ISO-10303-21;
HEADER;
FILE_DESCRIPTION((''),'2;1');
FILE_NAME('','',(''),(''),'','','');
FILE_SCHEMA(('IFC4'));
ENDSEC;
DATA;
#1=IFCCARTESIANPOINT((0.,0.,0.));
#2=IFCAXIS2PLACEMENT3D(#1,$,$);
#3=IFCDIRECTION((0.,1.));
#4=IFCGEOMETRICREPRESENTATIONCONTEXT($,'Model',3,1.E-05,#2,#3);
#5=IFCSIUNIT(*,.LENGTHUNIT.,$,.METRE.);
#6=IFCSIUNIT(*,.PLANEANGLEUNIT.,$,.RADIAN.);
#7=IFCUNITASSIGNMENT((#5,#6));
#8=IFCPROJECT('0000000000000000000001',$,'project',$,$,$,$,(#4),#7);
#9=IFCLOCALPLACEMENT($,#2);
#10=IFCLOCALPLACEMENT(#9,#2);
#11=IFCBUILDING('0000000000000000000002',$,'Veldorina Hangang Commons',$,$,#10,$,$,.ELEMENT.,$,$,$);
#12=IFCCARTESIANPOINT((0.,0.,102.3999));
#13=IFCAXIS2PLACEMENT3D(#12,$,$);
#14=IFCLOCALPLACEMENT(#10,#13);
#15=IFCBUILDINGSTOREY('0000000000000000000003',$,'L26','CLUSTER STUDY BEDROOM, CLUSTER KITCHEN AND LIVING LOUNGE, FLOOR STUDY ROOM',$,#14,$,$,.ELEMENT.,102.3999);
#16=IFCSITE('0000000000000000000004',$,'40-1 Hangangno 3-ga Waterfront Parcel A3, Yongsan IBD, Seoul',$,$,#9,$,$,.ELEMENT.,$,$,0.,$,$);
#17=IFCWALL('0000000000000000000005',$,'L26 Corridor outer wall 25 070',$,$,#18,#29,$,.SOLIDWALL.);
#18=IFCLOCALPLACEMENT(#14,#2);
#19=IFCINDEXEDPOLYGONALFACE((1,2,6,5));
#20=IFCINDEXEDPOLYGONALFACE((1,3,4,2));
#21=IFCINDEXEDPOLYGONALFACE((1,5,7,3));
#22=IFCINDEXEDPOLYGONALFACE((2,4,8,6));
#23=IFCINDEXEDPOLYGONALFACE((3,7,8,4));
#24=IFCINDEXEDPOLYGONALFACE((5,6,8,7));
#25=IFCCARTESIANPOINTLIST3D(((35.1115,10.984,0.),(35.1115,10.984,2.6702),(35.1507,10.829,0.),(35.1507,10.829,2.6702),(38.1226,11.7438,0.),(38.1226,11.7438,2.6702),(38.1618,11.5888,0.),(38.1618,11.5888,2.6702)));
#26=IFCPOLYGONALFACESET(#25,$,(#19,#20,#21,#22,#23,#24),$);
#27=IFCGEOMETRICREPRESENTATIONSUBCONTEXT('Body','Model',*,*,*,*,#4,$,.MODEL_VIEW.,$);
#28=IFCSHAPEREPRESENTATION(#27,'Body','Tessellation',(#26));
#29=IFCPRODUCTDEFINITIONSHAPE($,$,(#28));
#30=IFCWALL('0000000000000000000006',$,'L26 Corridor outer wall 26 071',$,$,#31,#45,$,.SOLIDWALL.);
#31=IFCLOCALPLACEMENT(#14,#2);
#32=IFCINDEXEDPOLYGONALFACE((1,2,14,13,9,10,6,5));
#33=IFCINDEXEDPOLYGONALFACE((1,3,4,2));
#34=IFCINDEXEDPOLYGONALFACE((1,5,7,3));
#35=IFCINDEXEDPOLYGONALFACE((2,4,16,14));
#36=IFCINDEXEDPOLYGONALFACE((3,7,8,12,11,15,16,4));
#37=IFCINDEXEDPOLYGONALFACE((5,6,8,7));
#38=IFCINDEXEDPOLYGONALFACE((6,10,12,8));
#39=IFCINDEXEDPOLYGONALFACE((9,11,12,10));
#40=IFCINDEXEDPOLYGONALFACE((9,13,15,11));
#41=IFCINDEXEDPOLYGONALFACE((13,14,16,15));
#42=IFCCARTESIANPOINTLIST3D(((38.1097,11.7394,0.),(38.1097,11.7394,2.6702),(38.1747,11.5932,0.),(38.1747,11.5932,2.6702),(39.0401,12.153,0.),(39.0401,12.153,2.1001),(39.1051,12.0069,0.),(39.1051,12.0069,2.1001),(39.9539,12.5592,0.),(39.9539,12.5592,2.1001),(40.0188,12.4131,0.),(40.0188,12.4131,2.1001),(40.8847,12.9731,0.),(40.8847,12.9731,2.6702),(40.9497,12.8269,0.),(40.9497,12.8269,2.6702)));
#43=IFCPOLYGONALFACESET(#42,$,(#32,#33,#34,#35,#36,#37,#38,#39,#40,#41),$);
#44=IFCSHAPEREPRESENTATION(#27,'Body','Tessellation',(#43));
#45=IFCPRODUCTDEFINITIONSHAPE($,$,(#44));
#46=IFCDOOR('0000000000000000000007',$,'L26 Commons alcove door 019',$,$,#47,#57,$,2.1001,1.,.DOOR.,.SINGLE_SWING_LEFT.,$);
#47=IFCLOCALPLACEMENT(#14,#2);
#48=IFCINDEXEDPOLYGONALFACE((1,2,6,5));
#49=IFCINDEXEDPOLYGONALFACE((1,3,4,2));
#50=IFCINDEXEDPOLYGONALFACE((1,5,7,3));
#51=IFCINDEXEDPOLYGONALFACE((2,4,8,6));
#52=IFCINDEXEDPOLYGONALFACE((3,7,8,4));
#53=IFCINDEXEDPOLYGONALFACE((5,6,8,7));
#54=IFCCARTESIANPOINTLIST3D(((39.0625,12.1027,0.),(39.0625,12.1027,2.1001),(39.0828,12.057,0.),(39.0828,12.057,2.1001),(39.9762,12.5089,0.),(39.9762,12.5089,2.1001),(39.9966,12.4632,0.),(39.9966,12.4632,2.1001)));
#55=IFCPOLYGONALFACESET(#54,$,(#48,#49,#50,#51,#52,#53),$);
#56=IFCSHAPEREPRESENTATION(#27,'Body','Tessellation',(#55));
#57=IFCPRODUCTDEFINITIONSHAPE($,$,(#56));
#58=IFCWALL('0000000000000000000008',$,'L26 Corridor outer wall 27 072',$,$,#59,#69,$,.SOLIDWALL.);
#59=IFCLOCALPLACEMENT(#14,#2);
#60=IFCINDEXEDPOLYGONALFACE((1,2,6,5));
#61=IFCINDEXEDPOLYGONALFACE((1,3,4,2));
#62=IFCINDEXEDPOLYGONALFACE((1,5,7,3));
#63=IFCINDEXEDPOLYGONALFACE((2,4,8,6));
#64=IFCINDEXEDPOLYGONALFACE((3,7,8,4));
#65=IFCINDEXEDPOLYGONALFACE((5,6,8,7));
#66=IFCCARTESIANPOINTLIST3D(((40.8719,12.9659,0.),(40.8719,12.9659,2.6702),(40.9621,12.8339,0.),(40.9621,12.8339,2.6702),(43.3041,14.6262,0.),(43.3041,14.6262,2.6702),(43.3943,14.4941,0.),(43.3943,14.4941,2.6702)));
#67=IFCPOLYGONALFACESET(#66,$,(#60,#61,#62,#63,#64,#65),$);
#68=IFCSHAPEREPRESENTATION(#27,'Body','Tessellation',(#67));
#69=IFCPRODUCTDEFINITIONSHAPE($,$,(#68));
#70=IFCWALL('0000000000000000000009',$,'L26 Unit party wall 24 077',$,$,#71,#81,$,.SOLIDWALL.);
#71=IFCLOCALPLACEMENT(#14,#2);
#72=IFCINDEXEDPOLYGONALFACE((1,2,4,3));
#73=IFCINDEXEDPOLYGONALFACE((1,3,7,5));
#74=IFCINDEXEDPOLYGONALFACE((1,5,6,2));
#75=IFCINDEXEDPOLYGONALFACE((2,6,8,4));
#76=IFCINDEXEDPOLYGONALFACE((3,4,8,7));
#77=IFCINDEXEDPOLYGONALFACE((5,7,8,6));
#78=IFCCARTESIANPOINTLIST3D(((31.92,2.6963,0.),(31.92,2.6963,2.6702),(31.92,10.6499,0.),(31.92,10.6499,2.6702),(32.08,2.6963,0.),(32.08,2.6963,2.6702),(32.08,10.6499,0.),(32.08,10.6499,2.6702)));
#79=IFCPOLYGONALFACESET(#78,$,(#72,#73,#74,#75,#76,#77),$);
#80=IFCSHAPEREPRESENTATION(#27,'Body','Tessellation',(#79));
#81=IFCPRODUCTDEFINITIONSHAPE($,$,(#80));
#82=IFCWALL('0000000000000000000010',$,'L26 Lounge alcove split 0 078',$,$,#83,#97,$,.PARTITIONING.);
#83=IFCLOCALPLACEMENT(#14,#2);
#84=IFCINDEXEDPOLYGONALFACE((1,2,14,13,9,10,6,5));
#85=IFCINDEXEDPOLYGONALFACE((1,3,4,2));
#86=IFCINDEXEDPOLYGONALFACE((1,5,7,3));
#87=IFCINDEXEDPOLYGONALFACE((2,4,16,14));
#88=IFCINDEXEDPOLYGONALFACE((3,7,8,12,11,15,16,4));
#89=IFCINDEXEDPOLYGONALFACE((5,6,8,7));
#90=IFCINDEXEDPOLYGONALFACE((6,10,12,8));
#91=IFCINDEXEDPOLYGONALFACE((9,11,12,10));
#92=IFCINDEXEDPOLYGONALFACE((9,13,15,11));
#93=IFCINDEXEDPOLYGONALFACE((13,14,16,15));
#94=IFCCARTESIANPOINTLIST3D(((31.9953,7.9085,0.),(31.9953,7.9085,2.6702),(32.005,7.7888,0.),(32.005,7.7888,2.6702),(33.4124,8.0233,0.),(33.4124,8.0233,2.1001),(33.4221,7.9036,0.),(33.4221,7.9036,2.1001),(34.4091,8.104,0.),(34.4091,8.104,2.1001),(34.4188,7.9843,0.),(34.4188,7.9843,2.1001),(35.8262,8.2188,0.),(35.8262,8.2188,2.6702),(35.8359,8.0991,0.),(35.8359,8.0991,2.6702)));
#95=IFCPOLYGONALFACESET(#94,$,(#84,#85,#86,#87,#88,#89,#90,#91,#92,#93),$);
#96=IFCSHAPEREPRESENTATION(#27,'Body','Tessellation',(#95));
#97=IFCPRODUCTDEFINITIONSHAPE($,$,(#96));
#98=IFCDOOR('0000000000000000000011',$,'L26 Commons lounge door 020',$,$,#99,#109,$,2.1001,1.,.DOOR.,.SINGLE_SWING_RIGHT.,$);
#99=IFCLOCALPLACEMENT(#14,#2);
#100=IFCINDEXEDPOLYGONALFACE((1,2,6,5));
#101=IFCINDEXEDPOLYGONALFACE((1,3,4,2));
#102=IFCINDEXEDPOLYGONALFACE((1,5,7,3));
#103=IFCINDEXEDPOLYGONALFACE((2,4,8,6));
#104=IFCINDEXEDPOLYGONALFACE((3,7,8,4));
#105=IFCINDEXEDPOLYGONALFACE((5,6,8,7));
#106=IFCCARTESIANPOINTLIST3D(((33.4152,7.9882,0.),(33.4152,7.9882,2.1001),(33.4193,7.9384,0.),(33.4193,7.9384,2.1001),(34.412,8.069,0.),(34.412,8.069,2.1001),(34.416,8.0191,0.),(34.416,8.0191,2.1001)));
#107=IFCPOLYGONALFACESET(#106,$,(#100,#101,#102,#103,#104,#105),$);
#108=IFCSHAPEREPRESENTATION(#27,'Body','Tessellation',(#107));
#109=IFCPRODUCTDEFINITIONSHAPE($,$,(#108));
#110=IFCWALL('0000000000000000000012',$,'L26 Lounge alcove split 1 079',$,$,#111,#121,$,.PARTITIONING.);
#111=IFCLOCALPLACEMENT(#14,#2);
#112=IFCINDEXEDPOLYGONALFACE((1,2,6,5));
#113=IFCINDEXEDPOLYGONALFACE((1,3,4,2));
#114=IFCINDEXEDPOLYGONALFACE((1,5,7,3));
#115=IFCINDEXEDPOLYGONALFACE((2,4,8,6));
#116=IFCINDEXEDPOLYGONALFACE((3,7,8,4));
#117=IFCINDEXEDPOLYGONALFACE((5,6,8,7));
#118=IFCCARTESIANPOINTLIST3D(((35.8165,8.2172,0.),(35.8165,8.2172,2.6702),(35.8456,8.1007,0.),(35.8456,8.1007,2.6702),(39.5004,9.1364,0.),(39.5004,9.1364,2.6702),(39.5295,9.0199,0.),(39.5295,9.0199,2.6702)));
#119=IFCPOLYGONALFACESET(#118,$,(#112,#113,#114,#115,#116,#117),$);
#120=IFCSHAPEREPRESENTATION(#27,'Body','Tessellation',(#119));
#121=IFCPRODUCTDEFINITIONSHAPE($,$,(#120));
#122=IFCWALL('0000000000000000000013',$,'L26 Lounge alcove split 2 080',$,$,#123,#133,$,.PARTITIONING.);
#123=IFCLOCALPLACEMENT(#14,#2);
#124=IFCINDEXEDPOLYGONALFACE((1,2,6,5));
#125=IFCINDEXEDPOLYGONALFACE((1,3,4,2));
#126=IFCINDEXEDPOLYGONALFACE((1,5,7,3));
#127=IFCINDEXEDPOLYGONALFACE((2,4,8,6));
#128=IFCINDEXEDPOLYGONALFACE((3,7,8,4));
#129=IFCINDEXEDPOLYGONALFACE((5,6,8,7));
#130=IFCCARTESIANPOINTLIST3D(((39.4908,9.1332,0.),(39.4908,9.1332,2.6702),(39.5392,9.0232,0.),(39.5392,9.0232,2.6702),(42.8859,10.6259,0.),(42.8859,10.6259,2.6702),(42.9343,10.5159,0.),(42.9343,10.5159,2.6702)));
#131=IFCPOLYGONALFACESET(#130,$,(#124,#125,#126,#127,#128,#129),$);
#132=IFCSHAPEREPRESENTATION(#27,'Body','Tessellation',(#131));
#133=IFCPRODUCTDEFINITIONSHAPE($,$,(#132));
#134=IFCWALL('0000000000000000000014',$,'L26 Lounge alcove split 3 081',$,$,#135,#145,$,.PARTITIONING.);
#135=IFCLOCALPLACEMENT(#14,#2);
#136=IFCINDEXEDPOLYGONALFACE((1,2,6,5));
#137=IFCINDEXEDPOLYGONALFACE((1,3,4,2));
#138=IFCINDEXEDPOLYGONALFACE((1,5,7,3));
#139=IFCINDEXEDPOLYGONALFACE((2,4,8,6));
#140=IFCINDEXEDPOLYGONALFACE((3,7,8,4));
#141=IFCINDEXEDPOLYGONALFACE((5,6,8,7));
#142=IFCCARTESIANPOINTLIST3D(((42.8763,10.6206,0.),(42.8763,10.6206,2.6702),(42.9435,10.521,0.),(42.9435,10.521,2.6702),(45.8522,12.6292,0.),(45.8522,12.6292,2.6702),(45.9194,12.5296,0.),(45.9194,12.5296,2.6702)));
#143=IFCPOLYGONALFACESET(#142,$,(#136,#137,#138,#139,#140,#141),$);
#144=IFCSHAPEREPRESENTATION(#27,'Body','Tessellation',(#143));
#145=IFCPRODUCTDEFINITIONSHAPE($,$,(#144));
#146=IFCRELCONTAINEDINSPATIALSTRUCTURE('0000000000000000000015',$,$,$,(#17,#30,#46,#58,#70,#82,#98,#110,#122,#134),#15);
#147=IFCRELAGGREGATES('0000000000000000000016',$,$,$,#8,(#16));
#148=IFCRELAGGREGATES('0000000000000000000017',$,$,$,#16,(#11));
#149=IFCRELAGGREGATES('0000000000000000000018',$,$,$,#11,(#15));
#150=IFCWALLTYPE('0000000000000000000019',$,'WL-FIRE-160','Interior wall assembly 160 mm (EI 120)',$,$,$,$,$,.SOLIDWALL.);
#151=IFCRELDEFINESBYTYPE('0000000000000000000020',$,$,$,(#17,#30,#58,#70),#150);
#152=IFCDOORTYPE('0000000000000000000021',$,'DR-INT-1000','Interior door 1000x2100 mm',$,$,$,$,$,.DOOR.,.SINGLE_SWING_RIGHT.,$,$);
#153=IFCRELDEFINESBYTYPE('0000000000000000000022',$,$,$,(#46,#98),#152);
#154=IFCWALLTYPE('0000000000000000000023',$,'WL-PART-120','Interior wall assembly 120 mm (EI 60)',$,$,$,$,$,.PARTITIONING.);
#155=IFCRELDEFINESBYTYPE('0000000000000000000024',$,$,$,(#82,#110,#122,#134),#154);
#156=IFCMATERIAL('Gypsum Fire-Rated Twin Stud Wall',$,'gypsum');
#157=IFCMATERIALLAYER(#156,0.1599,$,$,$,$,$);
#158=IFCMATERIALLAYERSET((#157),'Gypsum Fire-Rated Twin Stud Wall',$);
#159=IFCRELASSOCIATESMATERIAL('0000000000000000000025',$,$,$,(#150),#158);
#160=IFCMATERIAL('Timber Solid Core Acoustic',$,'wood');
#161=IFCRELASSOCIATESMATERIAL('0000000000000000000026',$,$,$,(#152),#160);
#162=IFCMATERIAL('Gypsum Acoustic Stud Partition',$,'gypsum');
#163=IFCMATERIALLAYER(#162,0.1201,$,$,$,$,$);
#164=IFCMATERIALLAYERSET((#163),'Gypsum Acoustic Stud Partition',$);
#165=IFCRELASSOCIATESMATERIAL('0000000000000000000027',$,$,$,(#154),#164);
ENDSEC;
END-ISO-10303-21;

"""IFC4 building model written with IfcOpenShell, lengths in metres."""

from ifc_helpers import new_model, si_unit, direction, frame, frame_2d, origin, place, context, subcontext, project, spatial, rectangle, extrude, material, layer, layer_set, type_object, element, fill, save


model = new_model("IFC4")

# Units and contexts
model_context = context("Model", 3, precision=1e-05, world=origin(), true_north=direction((0.0, 1.0)))
body_context = subcontext(model_context, "Body", "Model", "MODEL_VIEW")
ifc_project = project(units=[si_unit("LENGTHUNIT", "METRE"), si_unit("PLANEANGLEUNIT", "RADIAN")], contexts=[model_context])

# Site, building, storey
site_placement = place(None, origin())
site = spatial("IfcSite", under=ifc_project, at=site_placement, Name="40-1 Hangangno 3-ga Waterfront Parcel A3, Yongsan IBD, Seoul", CompositionType="ELEMENT", RefElevation=0.0)
building_placement = place(site_placement, origin())
building = spatial("IfcBuilding", under=site, at=building_placement, Name="Veldorina Hangang Commons", CompositionType="ELEMENT")
storey_placement = place(building_placement, frame((0.0, 0.0, 102.3999)))
storey = spatial("IfcBuildingStorey", under=building, at=storey_placement, Name="L26", Description="CLUSTER STUDY BEDROOM, CLUSTER KITCHEN AND LIVING LOUNGE, FLOOR STUDY ROOM", CompositionType="ELEMENT", Elevation=102.3999)

# Wall
ifc_material_1 = material(Name="Gypsum Fire-Rated Twin Stud Wall", Category="gypsum")
ifc_layer_1 = layer(ifc_material_1, 0.1599)
ifc_layer_set_1 = layer_set([ifc_layer_1], Name="Gypsum Fire-Rated Twin Stud Wall")
wall_type_1 = type_object("IfcWallType", Name="WL-FIRE-160", Description="Interior wall assembly 160 mm (EI 120)", PredefinedType="SOLIDWALL", material=ifc_layer_set_1)
wall_1_placement = place(storey_placement, frame((35.1311, 10.9065, 0.0), z_axis=(0.0, 0.0, 1.0), x_axis=(0.969608, 0.244662, 0.0)))
element("IfcWall", 1, at=wall_1_placement, inside=storey, type_object=wall_type_1, Name="L26 Corridor outer wall 25 070", PredefinedType="SOLIDWALL", context=body_context, shape_type="SweptSolid", body=[
    extrude(rectangle(XDim=3.1055, YDim=0.1599, at=frame_2d((1.5527, 0.0))), origin(), (0.0, 0.0, 1.0), 2.6702),
])

# Wall, opening, door
wall_2_placement = place(storey_placement, frame((38.1421, 11.6663, 0.0), z_axis=(0.0, 0.0, 1.0), x_axis=(0.913768, 0.406235, 0.0)))
wall_2 = element("IfcWall", 2, at=wall_2_placement, inside=storey, type_object=wall_type_1, Name="L26 Corridor outer wall 26 071", PredefinedType="SOLIDWALL", context=body_context, shape_type="SweptSolid", body=[
    extrude(rectangle(XDim=3.0369, YDim=0.1599, at=frame_2d((1.5186, 0.0))), origin(), (0.0, 0.0, 1.0), 2.6702),
])
opening_1_placement = place(wall_2_placement, frame((1.0183, 0.0, 0.0)))
opening_1 = element("IfcOpeningElement", 3, at=opening_1_placement, cuts=wall_2, PredefinedType="OPENING", context=body_context, shape_type="SweptSolid", body=[
    extrude(rectangle(XDim=1.0, YDim=2.1001, at=frame_2d((0.5, 1.05))), frame((0.0, 0.0898, 0.0), z_axis=(0.0, -1.0, 0.0), x_axis=(1.0, 0.0, 0.0)), (0.0, 0.0, 1.0), 0.1799),
])
ifc_material_2 = material(Name="Timber Solid Core Acoustic", Category="wood")
door_type_1 = type_object("IfcDoorType", Name="DR-INT-1000", Description="Interior door 1000x2100 mm", OperationType="SINGLE_SWING_RIGHT", PredefinedType="DOOR", material=ifc_material_2)
door_1_placement = place(opening_1_placement, origin())
door_1 = element("IfcDoor", 4, at=door_1_placement, inside=storey, type_object=door_type_1, Name="L26 Commons alcove door 019", OperationType="SINGLE_SWING_LEFT", OverallHeight=2.1001, OverallWidth=1.0, PredefinedType="DOOR", context=body_context, shape_type="SweptSolid", body=[
    extrude(rectangle(XDim=1.0, YDim=2.1001, at=frame_2d((0.5, 1.05))), frame((0.0, 0.0249, 0.0), z_axis=(0.0, -1.0, 0.0), x_axis=(1.0, 0.0, 0.0)), (0.0, 0.0, 1.0), 0.05),
])
fill(opening_1, door_1)

# Walls
wall_3_placement = place(storey_placement, frame((40.917, 12.8999, 0.0), z_axis=(0.0, 0.0, 1.0), x_axis=(0.825929, 0.563774, 0.0)))
element("IfcWall", 5, at=wall_3_placement, inside=storey, type_object=wall_type_1, Name="L26 Corridor outer wall 27 072", PredefinedType="SOLIDWALL", context=body_context, shape_type="SweptSolid", body=[
    extrude(rectangle(XDim=2.9448, YDim=0.1599, at=frame_2d((1.4724, 0.0))), origin(), (0.0, 0.0, 1.0), 2.6702),
])
wall_4_placement = place(storey_placement, frame((32.0, 10.6499, 0.0), z_axis=(0.0, 0.0, 1.0), x_axis=(0.0, -1.0, 0.0)))
element("IfcWall", 6, at=wall_4_placement, inside=storey, type_object=wall_type_1, Name="L26 Unit party wall 24 077", PredefinedType="SOLIDWALL", context=body_context, shape_type="SweptSolid", body=[
    extrude(rectangle(XDim=7.9536, YDim=0.1599, at=frame_2d((3.9768, 0.0))), origin(), (0.0, 0.0, 1.0), 2.6702),
])

# Wall, opening, door
ifc_material_3 = material(Name="Gypsum Acoustic Stud Partition", Category="gypsum")
ifc_layer_2 = layer(ifc_material_3, 0.1201)
ifc_layer_set_2 = layer_set([ifc_layer_2], Name="Gypsum Acoustic Stud Partition")
wall_type_2 = type_object("IfcWallType", Name="WL-PART-120", Description="Interior wall assembly 120 mm (EI 60)", PredefinedType="PARTITIONING", material=ifc_layer_set_2)
wall_5_placement = place(storey_placement, frame((32.0, 7.8486, 0.0), z_axis=(0.0, 0.0, 1.0), x_axis=(0.996736, 0.080732, 0.0)))
wall_5 = element("IfcWall", 7, at=wall_5_placement, inside=storey, type_object=wall_type_2, Name="L26 Lounge alcove split 0 078", PredefinedType="PARTITIONING", context=body_context, shape_type="SweptSolid", body=[
    extrude(rectangle(XDim=3.8435, YDim=0.1201, at=frame_2d((1.9219, 0.0))), origin(), (0.0, 0.0, 1.0), 2.6702),
])
opening_2_placement = place(wall_5_placement, frame((1.4219, 0.0, 0.0)))
opening_2 = element("IfcOpeningElement", 8, at=opening_2_placement, cuts=wall_5, PredefinedType="OPENING", context=body_context, shape_type="SweptSolid", body=[
    extrude(rectangle(XDim=1.0, YDim=2.1001, at=frame_2d((0.5, 1.05))), frame((0.0, 0.0701, 0.0), z_axis=(0.0, -1.0, 0.0), x_axis=(1.0, 0.0, 0.0)), (0.0, 0.0, 1.0), 0.1401),
])
door_2_placement = place(opening_2_placement, origin())
door_2 = element("IfcDoor", 9, at=door_2_placement, inside=storey, type_object=door_type_1, Name="L26 Commons lounge door 020", OperationType="SINGLE_SWING_RIGHT", OverallHeight=2.1001, OverallWidth=1.0, PredefinedType="DOOR", context=body_context, shape_type="SweptSolid", body=[
    extrude(rectangle(XDim=1.0, YDim=2.1001, at=frame_2d((0.5, 1.05))), frame((0.0, 0.0249, 0.0), z_axis=(0.0, -1.0, 0.0), x_axis=(1.0, 0.0, 0.0)), (0.0, 0.0, 1.0), 0.05),
])
fill(opening_2, door_2)

# Walls
wall_6_placement = place(storey_placement, frame((35.8311, 8.1589, 0.0), z_axis=(0.0, 0.0, 1.0), x_axis=(0.970252, 0.242097, 0.0)))
element("IfcWall", 10, at=wall_6_placement, inside=storey, type_object=wall_type_2, Name="L26 Lounge alcove split 1 079", PredefinedType="PARTITIONING", context=body_context, shape_type="SweptSolid", body=[
    extrude(rectangle(XDim=3.7969, YDim=0.1201, at=frame_2d((1.8984, 0.0))), origin(), (0.0, 0.0, 1.0), 2.6702),
])
wall_7_placement = place(storey_placement, frame((39.5149, 9.0781, 0.0), z_axis=(0.0, 0.0, 1.0), x_axis=(0.915428, 0.402483, 0.0)))
element("IfcWall", 11, at=wall_7_placement, inside=storey, type_object=wall_type_2, Name="L26 Lounge alcove split 2 080", PredefinedType="PARTITIONING", context=body_context, shape_type="SweptSolid", body=[
    extrude(rectangle(XDim=3.7087, YDim=0.1201, at=frame_2d((1.8545, 0.0))), origin(), (0.0, 0.0, 1.0), 2.6702),
])
wall_8_placement = place(storey_placement, frame((42.9099, 10.5708, 0.0), z_axis=(0.0, 0.0, 1.0), x_axis=(0.828867, 0.559446, 0.0)))
element("IfcWall", 12, at=wall_8_placement, inside=storey, type_object=wall_type_2, Name="L26 Lounge alcove split 3 081", PredefinedType="PARTITIONING", context=body_context, shape_type="SweptSolid", body=[
    extrude(rectangle(XDim=3.5903, YDim=0.1201, at=frame_2d((1.7952, 0.0))), origin(), (0.0, 0.0, 1.0), 2.6702),
])

save(model, "model.ifc")
